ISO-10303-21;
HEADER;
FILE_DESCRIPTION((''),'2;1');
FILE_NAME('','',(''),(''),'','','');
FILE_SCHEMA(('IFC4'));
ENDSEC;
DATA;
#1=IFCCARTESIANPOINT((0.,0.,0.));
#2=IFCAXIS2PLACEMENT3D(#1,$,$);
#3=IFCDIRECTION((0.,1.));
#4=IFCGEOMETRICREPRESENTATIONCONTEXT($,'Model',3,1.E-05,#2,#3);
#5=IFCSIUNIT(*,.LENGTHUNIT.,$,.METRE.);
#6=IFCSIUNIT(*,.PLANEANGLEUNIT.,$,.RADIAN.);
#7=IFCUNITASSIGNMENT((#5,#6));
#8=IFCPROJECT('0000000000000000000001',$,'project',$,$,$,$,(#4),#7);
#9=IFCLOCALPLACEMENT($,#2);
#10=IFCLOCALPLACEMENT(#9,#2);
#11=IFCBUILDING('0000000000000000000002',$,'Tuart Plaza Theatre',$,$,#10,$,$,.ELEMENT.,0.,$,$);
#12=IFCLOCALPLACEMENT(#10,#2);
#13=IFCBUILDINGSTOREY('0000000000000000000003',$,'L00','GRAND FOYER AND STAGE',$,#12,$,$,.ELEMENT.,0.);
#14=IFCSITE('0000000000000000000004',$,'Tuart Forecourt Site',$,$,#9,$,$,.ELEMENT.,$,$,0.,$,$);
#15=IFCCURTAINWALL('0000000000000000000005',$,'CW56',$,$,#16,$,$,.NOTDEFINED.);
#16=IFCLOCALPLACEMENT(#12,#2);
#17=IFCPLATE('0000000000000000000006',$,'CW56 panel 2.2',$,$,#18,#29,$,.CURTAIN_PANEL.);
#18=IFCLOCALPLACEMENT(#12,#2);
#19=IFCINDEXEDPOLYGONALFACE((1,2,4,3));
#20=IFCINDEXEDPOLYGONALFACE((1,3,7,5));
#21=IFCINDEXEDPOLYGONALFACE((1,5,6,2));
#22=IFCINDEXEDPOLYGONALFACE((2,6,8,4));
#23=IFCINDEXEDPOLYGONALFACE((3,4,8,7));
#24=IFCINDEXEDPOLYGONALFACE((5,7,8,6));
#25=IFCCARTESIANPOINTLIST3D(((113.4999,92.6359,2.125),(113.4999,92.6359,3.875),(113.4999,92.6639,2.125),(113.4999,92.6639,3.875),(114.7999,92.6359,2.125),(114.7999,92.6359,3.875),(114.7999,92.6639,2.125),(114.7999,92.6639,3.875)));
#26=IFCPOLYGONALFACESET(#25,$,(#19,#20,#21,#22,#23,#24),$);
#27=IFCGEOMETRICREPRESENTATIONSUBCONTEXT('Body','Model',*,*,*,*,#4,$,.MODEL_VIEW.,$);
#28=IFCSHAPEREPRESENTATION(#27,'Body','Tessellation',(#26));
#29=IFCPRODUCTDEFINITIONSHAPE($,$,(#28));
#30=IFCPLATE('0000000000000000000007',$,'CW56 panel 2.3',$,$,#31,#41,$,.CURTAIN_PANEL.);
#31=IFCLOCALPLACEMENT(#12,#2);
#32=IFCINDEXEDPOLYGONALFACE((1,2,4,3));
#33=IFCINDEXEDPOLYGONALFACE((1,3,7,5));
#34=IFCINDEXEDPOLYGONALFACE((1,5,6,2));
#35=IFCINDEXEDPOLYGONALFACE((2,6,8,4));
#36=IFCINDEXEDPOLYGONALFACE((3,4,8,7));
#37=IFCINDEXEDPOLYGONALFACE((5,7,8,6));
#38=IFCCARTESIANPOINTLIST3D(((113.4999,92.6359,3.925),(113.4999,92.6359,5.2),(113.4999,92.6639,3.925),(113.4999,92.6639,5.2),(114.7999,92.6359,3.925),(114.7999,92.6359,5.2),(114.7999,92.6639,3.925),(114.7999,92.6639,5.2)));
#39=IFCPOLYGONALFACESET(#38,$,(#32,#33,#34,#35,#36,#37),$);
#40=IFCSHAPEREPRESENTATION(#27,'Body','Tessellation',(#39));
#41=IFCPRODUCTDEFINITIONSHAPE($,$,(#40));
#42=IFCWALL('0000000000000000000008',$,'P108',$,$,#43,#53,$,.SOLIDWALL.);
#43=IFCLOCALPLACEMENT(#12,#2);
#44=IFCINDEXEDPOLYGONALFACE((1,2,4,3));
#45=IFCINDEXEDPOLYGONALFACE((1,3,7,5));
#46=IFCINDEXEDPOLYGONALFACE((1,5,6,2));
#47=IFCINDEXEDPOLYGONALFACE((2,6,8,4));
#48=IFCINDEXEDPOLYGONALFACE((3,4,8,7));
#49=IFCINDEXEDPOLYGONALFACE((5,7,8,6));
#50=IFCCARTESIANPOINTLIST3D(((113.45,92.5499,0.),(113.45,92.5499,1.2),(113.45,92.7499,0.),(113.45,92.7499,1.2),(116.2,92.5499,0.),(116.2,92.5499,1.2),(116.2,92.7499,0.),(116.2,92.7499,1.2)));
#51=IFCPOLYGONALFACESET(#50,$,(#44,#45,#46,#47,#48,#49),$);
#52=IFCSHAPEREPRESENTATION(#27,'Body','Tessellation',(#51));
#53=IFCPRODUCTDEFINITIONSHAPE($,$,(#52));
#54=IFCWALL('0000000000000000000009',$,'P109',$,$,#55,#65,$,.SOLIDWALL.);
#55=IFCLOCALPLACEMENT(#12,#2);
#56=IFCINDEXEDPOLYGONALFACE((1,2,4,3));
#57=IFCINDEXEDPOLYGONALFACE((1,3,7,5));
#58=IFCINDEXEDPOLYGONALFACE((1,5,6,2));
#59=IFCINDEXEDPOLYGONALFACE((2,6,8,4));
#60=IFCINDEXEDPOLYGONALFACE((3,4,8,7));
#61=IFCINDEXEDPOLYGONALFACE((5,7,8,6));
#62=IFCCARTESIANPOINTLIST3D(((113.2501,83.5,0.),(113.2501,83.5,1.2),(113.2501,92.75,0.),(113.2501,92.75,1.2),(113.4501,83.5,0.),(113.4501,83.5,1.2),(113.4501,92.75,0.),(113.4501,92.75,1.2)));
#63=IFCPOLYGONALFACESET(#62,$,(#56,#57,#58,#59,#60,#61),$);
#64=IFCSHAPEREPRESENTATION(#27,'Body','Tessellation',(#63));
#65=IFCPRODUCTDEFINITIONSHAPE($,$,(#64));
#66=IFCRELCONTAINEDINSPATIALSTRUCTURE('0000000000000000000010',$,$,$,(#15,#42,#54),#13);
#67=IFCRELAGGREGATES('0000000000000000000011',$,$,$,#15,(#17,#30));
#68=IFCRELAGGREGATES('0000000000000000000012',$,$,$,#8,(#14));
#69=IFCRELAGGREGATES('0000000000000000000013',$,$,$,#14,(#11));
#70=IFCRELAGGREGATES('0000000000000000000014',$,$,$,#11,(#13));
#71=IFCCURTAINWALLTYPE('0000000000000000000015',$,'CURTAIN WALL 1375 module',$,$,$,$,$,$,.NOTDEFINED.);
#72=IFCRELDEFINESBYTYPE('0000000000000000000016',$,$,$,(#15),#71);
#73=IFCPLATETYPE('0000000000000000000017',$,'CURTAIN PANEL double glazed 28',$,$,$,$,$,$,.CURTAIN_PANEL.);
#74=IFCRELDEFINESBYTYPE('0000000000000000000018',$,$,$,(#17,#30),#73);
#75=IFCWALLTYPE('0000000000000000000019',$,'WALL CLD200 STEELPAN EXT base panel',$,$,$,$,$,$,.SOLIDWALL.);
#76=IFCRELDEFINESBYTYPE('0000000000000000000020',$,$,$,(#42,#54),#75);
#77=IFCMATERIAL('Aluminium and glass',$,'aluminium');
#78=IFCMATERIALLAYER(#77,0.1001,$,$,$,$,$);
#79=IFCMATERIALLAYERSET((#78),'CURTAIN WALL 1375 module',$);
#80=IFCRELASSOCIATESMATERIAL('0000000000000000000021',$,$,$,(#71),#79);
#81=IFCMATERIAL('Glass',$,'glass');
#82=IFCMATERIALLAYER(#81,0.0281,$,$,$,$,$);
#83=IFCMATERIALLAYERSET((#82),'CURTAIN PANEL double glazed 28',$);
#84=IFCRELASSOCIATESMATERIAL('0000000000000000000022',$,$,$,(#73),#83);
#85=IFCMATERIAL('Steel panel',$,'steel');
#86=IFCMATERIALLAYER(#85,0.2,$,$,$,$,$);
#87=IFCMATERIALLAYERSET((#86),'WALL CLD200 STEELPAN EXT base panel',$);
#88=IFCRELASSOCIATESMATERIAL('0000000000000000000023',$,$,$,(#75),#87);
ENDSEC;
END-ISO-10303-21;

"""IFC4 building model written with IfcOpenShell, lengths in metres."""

from ifc_helpers import new_model, si_unit, direction, frame, frame_2d, origin, origin_2d, place, context, subcontext, project, spatial, rectangle, extrude, material, layer, layer_set, type_object, element, aggregate, save


model = new_model("IFC4")

# Units and contexts
model_context = context("Model", 3, precision=1e-05, world=origin(), true_north=direction((0.0, 1.0)))
body_context = subcontext(model_context, "Body", "Model", "MODEL_VIEW")
ifc_project = project(units=[si_unit("LENGTHUNIT", "METRE"), si_unit("PLANEANGLEUNIT", "RADIAN")], contexts=[model_context])

# Site, building, storey
site_placement = place(None, origin())
site = spatial("IfcSite", under=ifc_project, at=site_placement, Name="Tuart Forecourt Site", CompositionType="ELEMENT", RefElevation=0.0)
building_placement = place(site_placement, origin())
building = spatial("IfcBuilding", under=site, at=building_placement, Name="Tuart Plaza Theatre", CompositionType="ELEMENT", ElevationOfRefHeight=0.0)
storey_placement = place(building_placement, origin())
storey = spatial("IfcBuildingStorey", under=building, at=storey_placement, Name="L00", Description="GRAND FOYER AND STAGE", CompositionType="ELEMENT", Elevation=0.0)

# Curtain wall
ifc_material_1 = material(Name="Aluminium and glass", Category="aluminium")
ifc_layer_1 = layer(ifc_material_1, 0.1001)
ifc_layer_set_1 = layer_set([ifc_layer_1], Name="CURTAIN WALL 1375 module")
curtain_wall_type_1 = type_object("IfcCurtainWallType", Name="CURTAIN WALL 1375 module", PredefinedType="NOTDEFINED", material=ifc_layer_set_1)
curtain_wall_1_placement = place(storey_placement, origin())
curtain_wall_1 = element("IfcCurtainWall", 1, at=curtain_wall_1_placement, inside=storey, type_object=curtain_wall_type_1, Name="CW56", PredefinedType="NOTDEFINED")

# Plates
ifc_material_2 = material(Name="Glass", Category="glass")
ifc_layer_2 = layer(ifc_material_2, 0.0281)
ifc_layer_set_2 = layer_set([ifc_layer_2], Name="CURTAIN PANEL double glazed 28")
plate_type = type_object("IfcPlateType", Name="CURTAIN PANEL double glazed 28", PredefinedType="CURTAIN_PANEL", material=ifc_layer_set_2)
plate_1_placement = place(storey_placement, frame((114.1499, 92.6499, 2.125), z_axis=(0.0, 0.0, 1.0), x_axis=(-1.0, 0.0, 0.0)))
plate_1 = element("IfcPlate", 2, at=plate_1_placement, type_object=plate_type, Name="CW56 panel 2.2", PredefinedType="CURTAIN_PANEL", context=body_context, shape_type="SweptSolid", body=[
    extrude(rectangle(XDim=1.3, YDim=0.0281, at=origin_2d()), origin(), (0.0, 0.0, 1.0), 1.75),
])
plate_2_placement = place(storey_placement, frame((114.1499, 92.6499, 3.925), z_axis=(0.0, 0.0, 1.0), x_axis=(-1.0, 0.0, 0.0)))
plate_2 = element("IfcPlate", 3, at=plate_2_placement, type_object=plate_type, Name="CW56 panel 2.3", PredefinedType="CURTAIN_PANEL", context=body_context, shape_type="SweptSolid", body=[
    extrude(rectangle(XDim=1.3, YDim=0.0281, at=origin_2d()), origin(), (0.0, 0.0, 1.0), 1.2749),
])
aggregate(curtain_wall_1, [plate_1, plate_2])

# Walls
ifc_material_3 = material(Name="Steel panel", Category="steel")
ifc_layer_3 = layer(ifc_material_3, 0.2)
ifc_layer_set_3 = layer_set([ifc_layer_3], Name="WALL CLD200 STEELPAN EXT base panel")
wall_type = type_object("IfcWallType", Name="WALL CLD200 STEELPAN EXT base panel", PredefinedType="SOLIDWALL", material=ifc_layer_set_3)
wall_1_placement = place(storey_placement, frame((116.2, 92.6499, 0.0), z_axis=(0.0, 0.0, 1.0), x_axis=(-1.0, 0.0, 0.0)))
element("IfcWall", 4, at=wall_1_placement, inside=storey, type_object=wall_type, Name="P108", PredefinedType="SOLIDWALL", context=body_context, shape_type="SweptSolid", body=[
    extrude(rectangle(XDim=2.75, YDim=0.2, at=frame_2d((1.375, 0.0))), origin(), (0.0, 0.0, 1.0), 1.2),
])
wall_2_placement = place(storey_placement, frame((113.3501, 92.75, 0.0), z_axis=(0.0, 0.0, 1.0), x_axis=(0.0, -1.0, 0.0)))
element("IfcWall", 5, at=wall_2_placement, inside=storey, type_object=wall_type, Name="P109", PredefinedType="SOLIDWALL", context=body_context, shape_type="SweptSolid", body=[
    extrude(rectangle(XDim=9.25, YDim=0.2, at=frame_2d((4.625, 0.0))), origin(), (0.0, 0.0, 1.0), 1.2),
])

save(model, "model.ifc")
